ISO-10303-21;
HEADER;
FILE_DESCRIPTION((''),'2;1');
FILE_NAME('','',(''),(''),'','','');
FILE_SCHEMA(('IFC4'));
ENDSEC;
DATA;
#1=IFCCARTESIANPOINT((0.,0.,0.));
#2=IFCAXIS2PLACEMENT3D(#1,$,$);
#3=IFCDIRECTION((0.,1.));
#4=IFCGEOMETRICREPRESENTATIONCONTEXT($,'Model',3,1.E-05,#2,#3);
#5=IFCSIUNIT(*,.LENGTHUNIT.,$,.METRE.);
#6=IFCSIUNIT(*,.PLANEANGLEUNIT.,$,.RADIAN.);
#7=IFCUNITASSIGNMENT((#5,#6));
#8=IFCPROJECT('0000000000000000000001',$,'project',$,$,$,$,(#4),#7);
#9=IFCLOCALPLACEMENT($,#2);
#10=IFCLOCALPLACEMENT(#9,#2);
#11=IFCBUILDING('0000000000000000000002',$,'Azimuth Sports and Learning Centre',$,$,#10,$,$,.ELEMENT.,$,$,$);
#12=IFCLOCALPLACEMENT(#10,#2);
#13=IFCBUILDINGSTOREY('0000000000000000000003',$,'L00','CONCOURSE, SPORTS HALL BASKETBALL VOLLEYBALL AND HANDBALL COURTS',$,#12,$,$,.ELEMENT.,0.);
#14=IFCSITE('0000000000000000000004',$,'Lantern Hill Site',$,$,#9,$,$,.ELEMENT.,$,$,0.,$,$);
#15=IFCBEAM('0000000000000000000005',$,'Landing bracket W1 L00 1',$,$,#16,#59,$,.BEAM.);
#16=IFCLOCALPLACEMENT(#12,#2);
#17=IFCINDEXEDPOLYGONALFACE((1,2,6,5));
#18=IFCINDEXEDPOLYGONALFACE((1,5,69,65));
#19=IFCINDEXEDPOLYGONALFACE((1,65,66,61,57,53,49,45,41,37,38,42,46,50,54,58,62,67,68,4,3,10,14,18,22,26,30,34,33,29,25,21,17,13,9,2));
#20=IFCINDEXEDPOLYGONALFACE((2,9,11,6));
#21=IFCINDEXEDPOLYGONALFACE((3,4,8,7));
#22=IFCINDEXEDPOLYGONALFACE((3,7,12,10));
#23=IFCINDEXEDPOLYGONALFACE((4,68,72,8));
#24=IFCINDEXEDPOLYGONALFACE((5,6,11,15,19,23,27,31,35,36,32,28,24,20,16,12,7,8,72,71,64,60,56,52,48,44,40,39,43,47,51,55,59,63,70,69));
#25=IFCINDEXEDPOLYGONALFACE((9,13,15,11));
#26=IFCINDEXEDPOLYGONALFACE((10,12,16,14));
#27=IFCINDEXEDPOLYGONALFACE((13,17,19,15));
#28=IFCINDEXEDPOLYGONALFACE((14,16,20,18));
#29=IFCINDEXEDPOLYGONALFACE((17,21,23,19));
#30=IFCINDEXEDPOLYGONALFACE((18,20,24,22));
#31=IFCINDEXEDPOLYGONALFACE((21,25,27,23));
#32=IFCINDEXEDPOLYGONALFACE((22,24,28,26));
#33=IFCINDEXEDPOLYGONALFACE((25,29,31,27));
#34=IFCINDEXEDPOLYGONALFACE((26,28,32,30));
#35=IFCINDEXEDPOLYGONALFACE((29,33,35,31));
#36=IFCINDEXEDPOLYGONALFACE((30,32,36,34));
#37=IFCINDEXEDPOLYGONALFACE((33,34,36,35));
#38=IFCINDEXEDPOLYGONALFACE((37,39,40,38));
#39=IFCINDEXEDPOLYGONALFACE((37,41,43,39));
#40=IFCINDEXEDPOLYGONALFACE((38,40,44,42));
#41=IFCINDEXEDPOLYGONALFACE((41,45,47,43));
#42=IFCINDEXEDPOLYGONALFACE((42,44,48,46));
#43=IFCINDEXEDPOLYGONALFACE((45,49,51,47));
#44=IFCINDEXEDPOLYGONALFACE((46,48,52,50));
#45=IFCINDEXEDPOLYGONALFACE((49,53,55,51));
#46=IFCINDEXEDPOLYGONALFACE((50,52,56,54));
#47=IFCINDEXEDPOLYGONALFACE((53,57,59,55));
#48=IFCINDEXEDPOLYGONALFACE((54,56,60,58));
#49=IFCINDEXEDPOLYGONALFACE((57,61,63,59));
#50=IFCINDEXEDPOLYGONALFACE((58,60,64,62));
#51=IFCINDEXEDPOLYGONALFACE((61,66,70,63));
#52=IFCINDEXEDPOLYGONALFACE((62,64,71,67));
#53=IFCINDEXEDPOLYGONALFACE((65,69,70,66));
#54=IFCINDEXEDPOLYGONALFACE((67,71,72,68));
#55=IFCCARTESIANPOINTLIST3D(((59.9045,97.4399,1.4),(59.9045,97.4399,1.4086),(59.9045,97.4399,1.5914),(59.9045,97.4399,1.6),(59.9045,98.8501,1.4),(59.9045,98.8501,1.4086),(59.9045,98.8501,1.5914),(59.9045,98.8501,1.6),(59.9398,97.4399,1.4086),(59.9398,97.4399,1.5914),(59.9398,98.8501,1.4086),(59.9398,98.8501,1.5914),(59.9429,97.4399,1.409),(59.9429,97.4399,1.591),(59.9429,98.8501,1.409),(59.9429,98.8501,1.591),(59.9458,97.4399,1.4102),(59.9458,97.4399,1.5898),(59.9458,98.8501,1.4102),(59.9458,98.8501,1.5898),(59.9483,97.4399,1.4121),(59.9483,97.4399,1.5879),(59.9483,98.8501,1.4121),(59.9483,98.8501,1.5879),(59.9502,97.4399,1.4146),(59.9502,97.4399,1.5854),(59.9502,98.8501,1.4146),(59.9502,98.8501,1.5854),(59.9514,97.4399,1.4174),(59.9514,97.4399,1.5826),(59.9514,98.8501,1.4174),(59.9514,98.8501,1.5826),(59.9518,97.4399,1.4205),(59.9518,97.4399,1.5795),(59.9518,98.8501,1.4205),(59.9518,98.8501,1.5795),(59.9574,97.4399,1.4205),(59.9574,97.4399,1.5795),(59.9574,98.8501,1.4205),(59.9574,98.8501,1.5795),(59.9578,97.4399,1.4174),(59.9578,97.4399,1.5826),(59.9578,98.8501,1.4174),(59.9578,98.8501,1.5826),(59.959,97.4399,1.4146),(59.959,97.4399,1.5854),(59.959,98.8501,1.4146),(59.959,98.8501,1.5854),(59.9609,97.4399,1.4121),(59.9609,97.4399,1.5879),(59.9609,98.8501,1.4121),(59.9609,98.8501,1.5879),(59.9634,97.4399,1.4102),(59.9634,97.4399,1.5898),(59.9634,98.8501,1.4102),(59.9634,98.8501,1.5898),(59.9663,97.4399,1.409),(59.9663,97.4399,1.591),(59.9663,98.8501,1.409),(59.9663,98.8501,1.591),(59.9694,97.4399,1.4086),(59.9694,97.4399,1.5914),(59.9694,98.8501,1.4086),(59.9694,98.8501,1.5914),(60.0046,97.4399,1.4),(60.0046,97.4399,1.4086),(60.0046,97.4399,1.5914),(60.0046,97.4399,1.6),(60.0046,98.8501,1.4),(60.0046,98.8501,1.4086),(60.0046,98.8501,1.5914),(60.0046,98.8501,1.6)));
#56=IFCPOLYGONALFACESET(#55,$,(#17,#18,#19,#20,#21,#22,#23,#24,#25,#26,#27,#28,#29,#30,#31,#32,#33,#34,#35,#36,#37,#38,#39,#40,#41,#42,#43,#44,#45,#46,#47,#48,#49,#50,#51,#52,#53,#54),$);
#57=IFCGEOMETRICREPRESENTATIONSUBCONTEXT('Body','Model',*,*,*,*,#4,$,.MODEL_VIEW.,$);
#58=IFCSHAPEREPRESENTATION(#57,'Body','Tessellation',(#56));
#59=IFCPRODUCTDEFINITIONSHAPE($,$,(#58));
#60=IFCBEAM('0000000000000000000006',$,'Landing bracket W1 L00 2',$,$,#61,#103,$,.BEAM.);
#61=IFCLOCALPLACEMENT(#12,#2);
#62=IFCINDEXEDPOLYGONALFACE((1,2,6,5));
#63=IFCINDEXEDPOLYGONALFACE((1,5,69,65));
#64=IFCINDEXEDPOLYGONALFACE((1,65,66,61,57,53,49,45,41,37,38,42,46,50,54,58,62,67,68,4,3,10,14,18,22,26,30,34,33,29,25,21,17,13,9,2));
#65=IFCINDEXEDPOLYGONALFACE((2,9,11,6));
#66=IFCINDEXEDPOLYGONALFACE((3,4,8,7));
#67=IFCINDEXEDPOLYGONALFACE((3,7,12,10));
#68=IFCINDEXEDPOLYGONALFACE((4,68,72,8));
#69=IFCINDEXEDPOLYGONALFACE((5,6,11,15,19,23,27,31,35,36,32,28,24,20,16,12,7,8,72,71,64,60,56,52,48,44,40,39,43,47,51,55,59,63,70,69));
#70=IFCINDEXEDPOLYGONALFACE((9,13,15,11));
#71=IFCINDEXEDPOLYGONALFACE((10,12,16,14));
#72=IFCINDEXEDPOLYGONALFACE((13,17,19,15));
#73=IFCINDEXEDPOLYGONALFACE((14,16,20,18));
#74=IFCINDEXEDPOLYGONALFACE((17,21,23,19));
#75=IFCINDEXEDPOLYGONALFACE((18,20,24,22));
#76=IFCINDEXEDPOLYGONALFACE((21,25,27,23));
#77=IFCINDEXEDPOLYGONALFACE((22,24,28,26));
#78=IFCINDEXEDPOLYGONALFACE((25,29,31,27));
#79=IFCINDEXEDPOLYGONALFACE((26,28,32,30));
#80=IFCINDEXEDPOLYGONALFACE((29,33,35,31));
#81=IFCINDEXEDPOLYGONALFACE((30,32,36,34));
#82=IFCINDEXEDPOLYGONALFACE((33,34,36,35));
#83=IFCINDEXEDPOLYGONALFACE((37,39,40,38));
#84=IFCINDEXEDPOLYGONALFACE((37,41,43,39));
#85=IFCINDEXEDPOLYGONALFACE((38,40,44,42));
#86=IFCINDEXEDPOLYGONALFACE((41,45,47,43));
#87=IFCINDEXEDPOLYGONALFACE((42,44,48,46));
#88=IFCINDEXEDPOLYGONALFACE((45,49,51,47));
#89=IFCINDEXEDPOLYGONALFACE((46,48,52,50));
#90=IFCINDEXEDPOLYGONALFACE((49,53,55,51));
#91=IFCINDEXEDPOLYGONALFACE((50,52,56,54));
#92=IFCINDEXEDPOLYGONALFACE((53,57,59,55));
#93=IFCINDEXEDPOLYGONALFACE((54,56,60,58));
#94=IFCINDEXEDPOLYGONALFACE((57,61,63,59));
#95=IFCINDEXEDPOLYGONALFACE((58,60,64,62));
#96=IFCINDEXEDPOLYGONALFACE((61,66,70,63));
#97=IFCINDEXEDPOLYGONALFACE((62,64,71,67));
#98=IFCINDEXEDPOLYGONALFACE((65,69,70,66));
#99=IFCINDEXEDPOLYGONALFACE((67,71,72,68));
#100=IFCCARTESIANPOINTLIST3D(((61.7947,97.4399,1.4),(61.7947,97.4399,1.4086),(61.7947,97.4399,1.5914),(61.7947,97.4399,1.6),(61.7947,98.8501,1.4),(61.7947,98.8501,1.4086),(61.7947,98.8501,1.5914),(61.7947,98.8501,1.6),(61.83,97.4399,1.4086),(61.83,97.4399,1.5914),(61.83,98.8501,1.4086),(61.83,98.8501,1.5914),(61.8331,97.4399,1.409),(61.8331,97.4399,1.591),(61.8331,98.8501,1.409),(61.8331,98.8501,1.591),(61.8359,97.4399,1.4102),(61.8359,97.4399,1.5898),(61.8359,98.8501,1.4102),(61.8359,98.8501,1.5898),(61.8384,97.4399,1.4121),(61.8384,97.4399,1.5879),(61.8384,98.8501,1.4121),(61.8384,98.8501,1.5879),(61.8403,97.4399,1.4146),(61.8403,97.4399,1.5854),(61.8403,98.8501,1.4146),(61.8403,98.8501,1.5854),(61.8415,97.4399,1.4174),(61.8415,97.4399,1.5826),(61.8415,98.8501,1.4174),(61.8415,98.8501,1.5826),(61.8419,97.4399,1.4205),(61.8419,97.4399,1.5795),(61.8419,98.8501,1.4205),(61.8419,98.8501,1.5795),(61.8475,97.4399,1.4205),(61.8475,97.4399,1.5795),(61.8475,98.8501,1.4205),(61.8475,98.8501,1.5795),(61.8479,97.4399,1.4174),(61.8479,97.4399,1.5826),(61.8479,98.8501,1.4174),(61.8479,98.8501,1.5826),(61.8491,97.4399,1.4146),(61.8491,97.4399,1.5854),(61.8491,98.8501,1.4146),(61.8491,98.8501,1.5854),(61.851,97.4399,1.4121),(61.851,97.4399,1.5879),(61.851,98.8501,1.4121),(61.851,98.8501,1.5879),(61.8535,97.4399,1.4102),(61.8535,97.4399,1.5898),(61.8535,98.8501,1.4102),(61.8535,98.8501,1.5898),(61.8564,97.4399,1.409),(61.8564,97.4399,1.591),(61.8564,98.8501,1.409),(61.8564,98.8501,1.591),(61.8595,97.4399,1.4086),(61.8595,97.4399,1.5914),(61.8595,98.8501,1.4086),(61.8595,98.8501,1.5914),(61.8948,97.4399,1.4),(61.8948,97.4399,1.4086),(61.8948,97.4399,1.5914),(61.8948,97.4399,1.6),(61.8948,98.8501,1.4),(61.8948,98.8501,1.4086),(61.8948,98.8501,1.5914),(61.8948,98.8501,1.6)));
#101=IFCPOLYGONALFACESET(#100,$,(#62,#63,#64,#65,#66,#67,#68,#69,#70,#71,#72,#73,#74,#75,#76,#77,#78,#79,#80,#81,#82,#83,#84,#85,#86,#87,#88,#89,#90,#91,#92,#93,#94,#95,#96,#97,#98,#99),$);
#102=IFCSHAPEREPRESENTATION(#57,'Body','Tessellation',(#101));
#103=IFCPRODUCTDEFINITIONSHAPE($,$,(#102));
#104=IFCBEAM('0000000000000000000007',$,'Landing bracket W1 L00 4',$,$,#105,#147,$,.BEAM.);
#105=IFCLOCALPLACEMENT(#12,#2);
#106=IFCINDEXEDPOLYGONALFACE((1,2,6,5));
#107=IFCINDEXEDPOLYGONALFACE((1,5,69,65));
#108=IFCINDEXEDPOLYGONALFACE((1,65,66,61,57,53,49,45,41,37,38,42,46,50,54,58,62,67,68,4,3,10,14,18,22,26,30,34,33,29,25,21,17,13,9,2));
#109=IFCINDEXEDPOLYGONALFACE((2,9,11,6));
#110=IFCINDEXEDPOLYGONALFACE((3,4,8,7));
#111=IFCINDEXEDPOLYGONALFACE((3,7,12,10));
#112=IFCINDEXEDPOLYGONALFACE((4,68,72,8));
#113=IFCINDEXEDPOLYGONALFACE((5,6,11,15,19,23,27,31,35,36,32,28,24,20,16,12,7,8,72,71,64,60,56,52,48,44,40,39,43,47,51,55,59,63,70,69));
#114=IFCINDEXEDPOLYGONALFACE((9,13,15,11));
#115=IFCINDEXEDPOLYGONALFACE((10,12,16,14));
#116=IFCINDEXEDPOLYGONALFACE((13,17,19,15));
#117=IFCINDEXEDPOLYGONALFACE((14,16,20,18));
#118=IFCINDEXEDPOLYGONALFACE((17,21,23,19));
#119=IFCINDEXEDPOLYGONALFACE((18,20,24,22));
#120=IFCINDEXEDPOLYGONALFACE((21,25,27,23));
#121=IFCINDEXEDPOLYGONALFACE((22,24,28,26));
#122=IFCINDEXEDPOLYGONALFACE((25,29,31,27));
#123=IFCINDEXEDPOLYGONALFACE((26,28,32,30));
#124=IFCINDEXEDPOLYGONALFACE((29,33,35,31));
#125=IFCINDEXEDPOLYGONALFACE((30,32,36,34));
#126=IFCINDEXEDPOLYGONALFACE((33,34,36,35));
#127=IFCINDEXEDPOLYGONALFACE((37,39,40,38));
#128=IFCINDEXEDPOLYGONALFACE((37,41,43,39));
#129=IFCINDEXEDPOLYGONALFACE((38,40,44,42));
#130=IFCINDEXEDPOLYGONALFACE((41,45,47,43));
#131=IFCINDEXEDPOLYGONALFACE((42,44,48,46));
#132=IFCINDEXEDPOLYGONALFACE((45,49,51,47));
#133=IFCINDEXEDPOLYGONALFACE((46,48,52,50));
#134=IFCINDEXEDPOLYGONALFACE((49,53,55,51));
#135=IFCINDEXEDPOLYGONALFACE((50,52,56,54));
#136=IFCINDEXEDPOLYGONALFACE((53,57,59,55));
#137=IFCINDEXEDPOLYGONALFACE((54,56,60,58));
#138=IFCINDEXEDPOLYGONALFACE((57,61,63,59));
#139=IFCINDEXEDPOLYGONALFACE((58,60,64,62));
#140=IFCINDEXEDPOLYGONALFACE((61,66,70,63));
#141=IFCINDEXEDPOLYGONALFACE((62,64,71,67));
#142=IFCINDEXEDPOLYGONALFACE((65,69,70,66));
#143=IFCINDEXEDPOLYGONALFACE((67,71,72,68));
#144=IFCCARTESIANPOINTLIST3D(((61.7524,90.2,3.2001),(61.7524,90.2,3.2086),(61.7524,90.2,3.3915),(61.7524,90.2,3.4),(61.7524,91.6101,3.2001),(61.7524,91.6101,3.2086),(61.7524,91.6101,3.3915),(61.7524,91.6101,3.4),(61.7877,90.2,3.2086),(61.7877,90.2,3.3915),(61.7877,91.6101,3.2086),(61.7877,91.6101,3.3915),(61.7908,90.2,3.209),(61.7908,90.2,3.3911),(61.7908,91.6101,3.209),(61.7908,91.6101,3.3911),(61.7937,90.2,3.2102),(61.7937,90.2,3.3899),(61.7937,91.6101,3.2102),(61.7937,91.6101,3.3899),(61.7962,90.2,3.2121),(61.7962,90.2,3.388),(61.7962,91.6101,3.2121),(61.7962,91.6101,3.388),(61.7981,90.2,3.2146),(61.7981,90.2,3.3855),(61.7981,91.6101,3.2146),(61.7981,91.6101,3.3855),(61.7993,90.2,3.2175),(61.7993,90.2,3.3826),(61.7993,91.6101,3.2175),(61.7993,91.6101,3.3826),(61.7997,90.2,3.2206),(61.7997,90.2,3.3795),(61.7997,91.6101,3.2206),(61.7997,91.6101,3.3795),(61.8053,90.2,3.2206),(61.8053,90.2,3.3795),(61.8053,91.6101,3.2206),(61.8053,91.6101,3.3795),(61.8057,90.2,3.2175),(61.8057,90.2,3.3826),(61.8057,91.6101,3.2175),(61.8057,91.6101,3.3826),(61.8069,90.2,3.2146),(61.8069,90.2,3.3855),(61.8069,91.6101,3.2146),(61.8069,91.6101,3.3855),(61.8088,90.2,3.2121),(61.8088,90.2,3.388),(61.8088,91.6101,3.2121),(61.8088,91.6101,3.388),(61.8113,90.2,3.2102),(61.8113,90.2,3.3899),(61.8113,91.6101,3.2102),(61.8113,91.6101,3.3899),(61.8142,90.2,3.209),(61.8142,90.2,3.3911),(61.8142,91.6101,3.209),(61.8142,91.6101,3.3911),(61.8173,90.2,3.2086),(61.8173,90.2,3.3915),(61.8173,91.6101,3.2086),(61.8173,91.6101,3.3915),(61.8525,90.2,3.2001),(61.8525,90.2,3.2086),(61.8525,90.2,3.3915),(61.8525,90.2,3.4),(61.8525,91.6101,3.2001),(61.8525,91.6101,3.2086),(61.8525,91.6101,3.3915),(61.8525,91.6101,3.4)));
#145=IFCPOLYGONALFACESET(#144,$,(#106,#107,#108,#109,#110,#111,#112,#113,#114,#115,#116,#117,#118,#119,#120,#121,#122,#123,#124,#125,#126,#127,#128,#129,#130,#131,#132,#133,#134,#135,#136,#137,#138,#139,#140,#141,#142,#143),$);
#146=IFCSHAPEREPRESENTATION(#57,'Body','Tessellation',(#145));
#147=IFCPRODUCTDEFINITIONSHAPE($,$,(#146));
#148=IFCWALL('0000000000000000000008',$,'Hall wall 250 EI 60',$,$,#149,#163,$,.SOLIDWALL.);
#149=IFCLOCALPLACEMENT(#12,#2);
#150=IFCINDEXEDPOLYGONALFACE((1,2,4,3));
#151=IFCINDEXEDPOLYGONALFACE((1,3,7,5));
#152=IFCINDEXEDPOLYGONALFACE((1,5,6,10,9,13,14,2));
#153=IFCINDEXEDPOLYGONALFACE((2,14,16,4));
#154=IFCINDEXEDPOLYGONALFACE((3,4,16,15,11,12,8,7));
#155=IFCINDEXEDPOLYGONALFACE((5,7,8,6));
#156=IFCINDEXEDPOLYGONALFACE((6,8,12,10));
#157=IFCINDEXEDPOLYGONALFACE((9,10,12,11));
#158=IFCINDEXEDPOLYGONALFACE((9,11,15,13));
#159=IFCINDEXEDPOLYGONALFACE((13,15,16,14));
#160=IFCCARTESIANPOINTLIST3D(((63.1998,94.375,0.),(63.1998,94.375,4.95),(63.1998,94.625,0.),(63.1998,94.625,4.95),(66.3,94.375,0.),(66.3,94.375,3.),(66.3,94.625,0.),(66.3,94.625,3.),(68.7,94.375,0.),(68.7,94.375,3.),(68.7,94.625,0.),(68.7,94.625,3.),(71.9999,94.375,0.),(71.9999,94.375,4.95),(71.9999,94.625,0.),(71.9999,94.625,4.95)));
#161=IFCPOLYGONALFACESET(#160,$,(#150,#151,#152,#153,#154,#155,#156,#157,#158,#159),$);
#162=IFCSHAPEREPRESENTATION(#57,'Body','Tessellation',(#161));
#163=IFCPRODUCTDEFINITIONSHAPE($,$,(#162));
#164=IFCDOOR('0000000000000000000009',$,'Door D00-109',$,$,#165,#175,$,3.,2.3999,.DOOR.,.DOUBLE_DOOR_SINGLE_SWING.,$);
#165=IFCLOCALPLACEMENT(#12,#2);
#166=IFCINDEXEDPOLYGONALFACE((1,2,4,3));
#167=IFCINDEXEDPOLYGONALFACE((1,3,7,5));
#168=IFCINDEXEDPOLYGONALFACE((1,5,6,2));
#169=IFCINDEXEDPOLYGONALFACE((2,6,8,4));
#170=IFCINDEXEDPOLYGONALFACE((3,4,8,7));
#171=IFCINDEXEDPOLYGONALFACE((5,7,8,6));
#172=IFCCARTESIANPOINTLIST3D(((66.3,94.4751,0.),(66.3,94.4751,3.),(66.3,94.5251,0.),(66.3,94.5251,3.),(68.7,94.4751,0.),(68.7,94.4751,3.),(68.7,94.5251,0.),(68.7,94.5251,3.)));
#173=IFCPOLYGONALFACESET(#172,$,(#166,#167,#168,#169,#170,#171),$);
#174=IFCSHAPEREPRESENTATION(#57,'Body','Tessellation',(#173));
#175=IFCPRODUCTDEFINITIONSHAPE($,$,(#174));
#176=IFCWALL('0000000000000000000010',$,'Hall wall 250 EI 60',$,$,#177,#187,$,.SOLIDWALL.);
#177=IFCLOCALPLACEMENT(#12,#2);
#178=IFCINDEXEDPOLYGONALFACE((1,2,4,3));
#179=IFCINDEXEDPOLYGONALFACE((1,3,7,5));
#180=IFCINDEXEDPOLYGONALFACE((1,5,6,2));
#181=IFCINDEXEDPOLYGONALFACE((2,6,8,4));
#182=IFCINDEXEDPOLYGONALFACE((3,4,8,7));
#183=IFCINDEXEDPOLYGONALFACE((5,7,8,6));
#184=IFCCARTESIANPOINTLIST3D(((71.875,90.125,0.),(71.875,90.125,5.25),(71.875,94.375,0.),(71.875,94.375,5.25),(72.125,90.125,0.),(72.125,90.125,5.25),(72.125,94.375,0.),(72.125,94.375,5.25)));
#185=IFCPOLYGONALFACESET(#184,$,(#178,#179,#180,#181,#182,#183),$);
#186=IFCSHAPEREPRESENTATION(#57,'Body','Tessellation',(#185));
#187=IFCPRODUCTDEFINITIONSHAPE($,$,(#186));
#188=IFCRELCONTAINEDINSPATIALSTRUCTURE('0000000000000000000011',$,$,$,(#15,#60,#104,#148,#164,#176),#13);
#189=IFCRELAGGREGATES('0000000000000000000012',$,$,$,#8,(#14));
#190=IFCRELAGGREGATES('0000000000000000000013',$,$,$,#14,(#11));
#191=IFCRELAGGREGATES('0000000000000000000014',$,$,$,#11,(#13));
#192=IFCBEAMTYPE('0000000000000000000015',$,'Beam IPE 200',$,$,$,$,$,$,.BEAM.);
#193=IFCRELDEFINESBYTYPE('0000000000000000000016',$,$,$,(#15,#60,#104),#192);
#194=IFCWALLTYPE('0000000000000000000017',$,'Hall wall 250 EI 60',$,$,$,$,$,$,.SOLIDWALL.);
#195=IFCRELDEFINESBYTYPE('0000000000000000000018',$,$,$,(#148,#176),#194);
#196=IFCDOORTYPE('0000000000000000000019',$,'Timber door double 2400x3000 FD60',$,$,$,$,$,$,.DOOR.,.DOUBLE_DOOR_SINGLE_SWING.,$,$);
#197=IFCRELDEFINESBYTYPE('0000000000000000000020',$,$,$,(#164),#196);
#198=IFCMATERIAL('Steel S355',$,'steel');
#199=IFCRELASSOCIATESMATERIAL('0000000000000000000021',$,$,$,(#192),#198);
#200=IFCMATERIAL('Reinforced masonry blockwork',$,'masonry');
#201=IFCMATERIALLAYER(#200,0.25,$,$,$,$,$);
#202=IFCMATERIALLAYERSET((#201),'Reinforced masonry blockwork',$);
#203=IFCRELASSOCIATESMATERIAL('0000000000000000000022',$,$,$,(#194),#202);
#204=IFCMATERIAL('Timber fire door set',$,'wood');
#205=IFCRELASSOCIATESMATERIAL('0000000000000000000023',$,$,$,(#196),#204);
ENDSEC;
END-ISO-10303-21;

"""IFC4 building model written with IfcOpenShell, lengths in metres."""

from ifc_helpers import new_model, si_unit, direction, frame, frame_2d, origin, origin_2d, place, context, subcontext, project, spatial, rectangle, i_section, extrude, material, layer, layer_set, material_profile, profile_set, type_object, element, fill, save


model = new_model("IFC4")

# Units and contexts
model_context = context("Model", 3, precision=1e-05, world=origin(), true_north=direction((0.0, 1.0)))
body_context = subcontext(model_context, "Body", "Model", "MODEL_VIEW")
ifc_project = project(units=[si_unit("LENGTHUNIT", "METRE"), si_unit("PLANEANGLEUNIT", "RADIAN")], contexts=[model_context])

# Site, building, storey
site_placement = place(None, origin())
site = spatial("IfcSite", under=ifc_project, at=site_placement, Name="Lantern Hill Site", CompositionType="ELEMENT", RefElevation=0.0)
building_placement = place(site_placement, origin())
building = spatial("IfcBuilding", under=site, at=building_placement, Name="Azimuth Sports and Learning Centre", CompositionType="ELEMENT")
storey_placement = place(building_placement, origin())
storey = spatial("IfcBuildingStorey", under=building, at=storey_placement, Name="L00", Description="CONCOURSE, SPORTS HALL BASKETBALL VOLLEYBALL AND HANDBALL COURTS", CompositionType="ELEMENT", Elevation=0.0)

# Beams
ifc_material_1 = material(Name="Steel S355", Category="steel")
ifc_material_profile_1 = material_profile(ifc_material_1, i_section(OverallWidth=0.1001, OverallDepth=0.2, WebThickness=0.0056, FlangeThickness=0.0085, FilletRadius=0.012, at=origin_2d()), Name="IPE 200")
ifc_profile_set_1 = profile_set([ifc_material_profile_1], Name="Steel S355")
beam_type = type_object("IfcBeamType", Name="Beam IPE 200", PredefinedType="BEAM", material=ifc_profile_set_1)
for number, where, z_axis, x_axis, name in (
    (1, (59.9546, 98.8501, 1.5), (0.0, -1.0, 0.0), (1.0, 0.0, 0.0), "Landing bracket W1 L00 1"),
    (2, (61.8447, 98.8501, 1.5), (0.0, -1.0, 0.0), (1.0, 0.0, 0.0), "Landing bracket W1 L00 2"),
    (3, (61.8025, 90.2, 3.3), (0.0, 1.0, 0.0), (-1.0, 0.0, 0.0), "Landing bracket W1 L00 4"),
):
    element("IfcBeam", number, at=place(storey_placement, frame(where, z_axis=z_axis, x_axis=x_axis)), inside=storey, type_object=beam_type, Name=name, PredefinedType="BEAM", context=body_context, shape_type="SweptSolid", body=[
        extrude(i_section(OverallWidth=0.1001, OverallDepth=0.2, WebThickness=0.0056, FlangeThickness=0.0085, FilletRadius=0.012, at=origin_2d()), origin(), (0.0, 0.0, 1.0), 1.4102),
    ])

# Shared definitions
ifc_material_2 = material(Name="Reinforced masonry blockwork", Category="masonry")
ifc_layer_1 = layer(ifc_material_2, 0.25)
ifc_layer_set_1 = layer_set([ifc_layer_1], Name="Reinforced masonry blockwork")
wall_type_1 = type_object("IfcWallType", Name="Hall wall 250 EI 60", PredefinedType="SOLIDWALL", material=ifc_layer_set_1)

# Wall, opening, door
wall_1_placement = place(storey_placement, frame((63.2, 94.5, 0.0), z_axis=(0.0, 0.0, 1.0), x_axis=(1.0, 0.0, 0.0)))
wall_1 = element("IfcWall", 4, at=wall_1_placement, inside=storey, type_object=wall_type_1, Name="Hall wall 250 EI 60", PredefinedType="SOLIDWALL", context=body_context, shape_type="SweptSolid", body=[
    extrude(rectangle(XDim=8.8, YDim=0.25, at=frame_2d((4.3999, 0.0))), origin(), (0.0, 0.0, 1.0), 4.95),
])
opening_1_placement = place(wall_1_placement, frame((3.1001, 0.0, 0.0)))
opening_1 = element("IfcOpeningElement", 5, at=opening_1_placement, cuts=wall_1, PredefinedType="OPENING", context=body_context, shape_type="SweptSolid", body=[
    extrude(rectangle(XDim=2.3999, YDim=3.0, at=frame_2d((1.2, 1.5))), frame((0.0, 0.136, 0.0), z_axis=(0.0, -1.0, 0.0), x_axis=(1.0, 0.0, 0.0)), (0.0, 0.0, 1.0), 0.272),
])
ifc_material_3 = material(Name="Timber fire door set", Category="wood")
door_type_1 = type_object("IfcDoorType", Name="Timber door double 2400x3000 FD60", OperationType="DOUBLE_DOOR_SINGLE_SWING", PredefinedType="DOOR", material=ifc_material_3)
door_1_placement = place(opening_1_placement, frame((2.3999, 0.0, 0.0), z_axis=(0.0, 0.0, 1.0), x_axis=(-1.0, 0.0, 0.0)))
door_1 = element("IfcDoor", 6, at=door_1_placement, inside=storey, type_object=door_type_1, Name="Door D00-109", OperationType="DOUBLE_DOOR_SINGLE_SWING", OverallHeight=3.0, OverallWidth=2.3999, PredefinedType="DOOR", context=body_context, shape_type="SweptSolid", body=[
    extrude(rectangle(XDim=2.3999, YDim=3.0, at=frame_2d((1.2, 1.5))), frame((0.0, 0.0249, 0.0), z_axis=(0.0, -1.0, 0.0), x_axis=(1.0, 0.0, 0.0)), (0.0, 0.0, 1.0), 0.05),
])
fill(opening_1, door_1)

# Wall
wall_2_placement = place(storey_placement, frame((72.0, 90.125, 0.0), z_axis=(0.0, 0.0, 1.0), x_axis=(0.0, 1.0, 0.0)))
element("IfcWall", 7, at=wall_2_placement, inside=storey, type_object=wall_type_1, Name="Hall wall 250 EI 60", PredefinedType="SOLIDWALL", context=body_context, shape_type="SweptSolid", body=[
    extrude(rectangle(XDim=4.25, YDim=0.25, at=frame_2d((2.125, 0.0))), origin(), (0.0, 0.0, 1.0), 5.25),
])

save(model, "model.ifc")
